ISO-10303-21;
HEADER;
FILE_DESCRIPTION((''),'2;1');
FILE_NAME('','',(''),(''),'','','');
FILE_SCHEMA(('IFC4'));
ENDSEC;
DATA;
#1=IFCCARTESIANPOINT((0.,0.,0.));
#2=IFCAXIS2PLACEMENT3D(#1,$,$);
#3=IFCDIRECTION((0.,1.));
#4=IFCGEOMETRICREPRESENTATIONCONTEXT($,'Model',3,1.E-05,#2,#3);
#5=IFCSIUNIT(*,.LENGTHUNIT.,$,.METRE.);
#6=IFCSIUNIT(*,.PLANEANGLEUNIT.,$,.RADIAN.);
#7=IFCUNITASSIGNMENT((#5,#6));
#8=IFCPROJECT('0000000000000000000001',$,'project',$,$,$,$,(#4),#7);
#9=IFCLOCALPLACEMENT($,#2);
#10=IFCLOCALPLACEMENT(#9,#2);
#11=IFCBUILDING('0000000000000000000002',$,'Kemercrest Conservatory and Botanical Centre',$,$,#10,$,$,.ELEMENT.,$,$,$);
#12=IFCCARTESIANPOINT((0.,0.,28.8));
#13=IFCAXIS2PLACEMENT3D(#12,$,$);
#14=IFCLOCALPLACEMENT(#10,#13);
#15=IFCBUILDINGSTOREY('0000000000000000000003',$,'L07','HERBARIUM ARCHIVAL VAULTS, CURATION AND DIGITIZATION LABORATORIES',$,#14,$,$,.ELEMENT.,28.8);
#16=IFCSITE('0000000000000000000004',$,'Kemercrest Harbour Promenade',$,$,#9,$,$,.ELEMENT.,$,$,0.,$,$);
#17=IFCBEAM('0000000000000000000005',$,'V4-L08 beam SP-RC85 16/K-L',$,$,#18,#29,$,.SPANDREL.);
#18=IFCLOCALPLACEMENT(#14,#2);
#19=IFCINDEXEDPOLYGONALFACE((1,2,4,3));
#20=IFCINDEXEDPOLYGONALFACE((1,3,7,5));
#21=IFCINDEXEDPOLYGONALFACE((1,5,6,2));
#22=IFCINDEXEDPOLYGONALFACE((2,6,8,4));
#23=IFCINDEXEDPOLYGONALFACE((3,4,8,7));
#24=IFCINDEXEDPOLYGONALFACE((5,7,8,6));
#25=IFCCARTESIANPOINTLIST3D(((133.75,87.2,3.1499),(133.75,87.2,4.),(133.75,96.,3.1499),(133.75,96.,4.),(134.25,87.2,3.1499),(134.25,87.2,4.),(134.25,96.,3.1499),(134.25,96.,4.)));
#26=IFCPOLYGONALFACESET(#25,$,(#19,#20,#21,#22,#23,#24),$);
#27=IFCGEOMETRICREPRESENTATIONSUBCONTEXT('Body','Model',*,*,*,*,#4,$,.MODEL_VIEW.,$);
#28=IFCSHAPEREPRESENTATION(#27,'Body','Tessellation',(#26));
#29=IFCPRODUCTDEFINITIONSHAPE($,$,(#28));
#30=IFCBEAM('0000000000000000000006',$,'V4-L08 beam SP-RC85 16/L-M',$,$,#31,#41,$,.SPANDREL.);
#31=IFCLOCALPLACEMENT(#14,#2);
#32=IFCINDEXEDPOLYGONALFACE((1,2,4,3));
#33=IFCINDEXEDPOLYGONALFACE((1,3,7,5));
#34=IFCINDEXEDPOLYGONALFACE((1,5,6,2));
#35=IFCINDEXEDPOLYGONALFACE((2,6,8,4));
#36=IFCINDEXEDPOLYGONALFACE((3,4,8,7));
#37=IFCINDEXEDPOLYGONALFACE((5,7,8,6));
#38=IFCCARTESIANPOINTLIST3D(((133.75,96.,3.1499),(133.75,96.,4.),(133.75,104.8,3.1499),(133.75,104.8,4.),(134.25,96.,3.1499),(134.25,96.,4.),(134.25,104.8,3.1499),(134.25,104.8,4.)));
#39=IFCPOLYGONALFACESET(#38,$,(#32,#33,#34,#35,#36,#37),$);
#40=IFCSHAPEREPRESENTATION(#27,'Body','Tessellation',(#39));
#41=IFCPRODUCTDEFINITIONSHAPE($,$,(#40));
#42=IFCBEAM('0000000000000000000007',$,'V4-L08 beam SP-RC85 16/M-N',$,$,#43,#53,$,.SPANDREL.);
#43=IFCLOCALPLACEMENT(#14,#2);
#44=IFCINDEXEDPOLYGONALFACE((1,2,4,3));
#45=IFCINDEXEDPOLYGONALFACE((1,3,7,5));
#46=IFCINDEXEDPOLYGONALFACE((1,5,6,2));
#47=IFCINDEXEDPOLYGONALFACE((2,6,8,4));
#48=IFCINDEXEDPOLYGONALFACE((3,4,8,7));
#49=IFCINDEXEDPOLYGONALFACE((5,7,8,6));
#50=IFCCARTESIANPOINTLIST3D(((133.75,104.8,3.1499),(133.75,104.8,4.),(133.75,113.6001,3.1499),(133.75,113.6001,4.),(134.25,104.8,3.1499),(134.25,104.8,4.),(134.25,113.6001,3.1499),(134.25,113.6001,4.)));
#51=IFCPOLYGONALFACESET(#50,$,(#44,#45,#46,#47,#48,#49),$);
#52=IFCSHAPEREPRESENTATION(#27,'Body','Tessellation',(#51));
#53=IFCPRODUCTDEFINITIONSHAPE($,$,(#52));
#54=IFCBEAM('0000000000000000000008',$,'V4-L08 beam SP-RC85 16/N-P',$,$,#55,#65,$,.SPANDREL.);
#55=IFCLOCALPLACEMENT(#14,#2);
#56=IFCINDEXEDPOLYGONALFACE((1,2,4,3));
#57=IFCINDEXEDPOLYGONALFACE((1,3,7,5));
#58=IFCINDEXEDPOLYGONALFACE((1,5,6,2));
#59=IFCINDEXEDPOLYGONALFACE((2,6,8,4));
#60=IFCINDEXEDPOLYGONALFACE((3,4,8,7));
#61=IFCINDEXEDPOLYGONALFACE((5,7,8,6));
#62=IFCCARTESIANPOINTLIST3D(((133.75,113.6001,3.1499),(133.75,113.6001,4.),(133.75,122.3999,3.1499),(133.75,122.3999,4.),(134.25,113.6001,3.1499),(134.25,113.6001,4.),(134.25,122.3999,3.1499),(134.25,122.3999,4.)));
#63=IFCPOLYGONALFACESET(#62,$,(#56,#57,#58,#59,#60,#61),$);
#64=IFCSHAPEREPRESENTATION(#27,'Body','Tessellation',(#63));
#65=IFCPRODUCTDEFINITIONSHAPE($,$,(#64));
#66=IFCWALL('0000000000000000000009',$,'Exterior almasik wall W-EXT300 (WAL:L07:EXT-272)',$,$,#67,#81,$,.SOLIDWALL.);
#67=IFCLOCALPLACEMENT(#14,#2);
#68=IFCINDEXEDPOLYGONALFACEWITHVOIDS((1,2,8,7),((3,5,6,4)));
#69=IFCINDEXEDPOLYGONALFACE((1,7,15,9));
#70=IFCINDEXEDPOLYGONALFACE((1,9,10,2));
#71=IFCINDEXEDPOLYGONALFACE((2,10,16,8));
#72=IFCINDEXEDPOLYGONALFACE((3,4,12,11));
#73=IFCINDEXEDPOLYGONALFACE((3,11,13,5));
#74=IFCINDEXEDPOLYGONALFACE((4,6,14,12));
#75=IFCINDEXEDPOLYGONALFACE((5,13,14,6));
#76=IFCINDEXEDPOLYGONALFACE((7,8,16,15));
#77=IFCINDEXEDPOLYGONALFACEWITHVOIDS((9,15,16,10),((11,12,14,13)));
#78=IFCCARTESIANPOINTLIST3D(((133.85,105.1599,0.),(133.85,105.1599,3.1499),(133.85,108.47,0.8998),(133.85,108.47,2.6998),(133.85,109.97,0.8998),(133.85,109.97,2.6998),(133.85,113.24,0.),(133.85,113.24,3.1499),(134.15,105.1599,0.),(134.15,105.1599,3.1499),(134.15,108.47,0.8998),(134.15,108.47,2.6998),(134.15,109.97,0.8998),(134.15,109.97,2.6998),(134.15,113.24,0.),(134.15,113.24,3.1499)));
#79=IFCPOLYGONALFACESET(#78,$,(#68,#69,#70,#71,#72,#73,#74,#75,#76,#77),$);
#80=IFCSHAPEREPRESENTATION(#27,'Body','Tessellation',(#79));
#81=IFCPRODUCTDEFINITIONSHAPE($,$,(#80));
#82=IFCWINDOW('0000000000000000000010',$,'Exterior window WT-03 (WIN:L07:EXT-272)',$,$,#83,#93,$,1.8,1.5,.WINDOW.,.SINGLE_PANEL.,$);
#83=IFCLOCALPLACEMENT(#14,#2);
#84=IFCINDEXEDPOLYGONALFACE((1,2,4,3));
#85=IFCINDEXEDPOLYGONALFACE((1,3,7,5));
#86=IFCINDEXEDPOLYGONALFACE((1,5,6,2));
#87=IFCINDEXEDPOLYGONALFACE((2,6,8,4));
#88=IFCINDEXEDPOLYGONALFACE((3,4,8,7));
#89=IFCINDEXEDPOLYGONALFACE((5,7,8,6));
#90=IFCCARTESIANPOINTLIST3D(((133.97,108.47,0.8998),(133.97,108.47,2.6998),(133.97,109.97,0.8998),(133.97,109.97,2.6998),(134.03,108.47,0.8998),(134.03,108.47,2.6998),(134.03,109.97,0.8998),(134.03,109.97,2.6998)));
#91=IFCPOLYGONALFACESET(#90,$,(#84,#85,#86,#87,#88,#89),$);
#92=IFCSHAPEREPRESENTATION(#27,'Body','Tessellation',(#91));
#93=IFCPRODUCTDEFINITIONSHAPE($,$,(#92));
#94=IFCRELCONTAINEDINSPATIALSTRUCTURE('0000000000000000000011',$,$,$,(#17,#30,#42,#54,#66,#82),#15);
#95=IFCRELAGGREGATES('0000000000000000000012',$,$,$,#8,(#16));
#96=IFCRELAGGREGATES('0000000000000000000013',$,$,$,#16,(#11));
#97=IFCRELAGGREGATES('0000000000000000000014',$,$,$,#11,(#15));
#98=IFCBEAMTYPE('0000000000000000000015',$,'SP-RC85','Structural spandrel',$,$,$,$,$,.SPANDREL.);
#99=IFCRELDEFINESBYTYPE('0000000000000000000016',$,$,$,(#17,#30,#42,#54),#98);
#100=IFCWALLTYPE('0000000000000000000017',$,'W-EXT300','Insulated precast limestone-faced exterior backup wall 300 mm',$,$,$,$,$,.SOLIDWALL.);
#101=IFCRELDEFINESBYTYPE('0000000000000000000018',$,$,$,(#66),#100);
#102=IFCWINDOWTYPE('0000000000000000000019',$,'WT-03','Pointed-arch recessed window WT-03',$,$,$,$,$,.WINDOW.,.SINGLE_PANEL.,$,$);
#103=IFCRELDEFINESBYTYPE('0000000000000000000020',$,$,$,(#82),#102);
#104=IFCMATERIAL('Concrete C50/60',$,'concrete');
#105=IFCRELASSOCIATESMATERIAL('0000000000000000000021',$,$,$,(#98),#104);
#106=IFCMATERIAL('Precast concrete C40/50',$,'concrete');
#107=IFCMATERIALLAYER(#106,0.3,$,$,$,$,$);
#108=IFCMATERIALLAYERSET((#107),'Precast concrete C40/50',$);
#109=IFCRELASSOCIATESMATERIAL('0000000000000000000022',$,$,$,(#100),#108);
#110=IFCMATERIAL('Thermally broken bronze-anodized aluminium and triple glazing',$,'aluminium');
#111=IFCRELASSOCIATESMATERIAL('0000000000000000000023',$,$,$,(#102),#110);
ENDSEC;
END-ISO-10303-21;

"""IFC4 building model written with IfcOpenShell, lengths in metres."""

from ifc_helpers import new_model, si_unit, direction, frame, frame_2d, origin, origin_2d, place, context, subcontext, project, spatial, rectangle, extrude, material, layer, layer_set, material_profile, profile_set, type_object, element, fill, save


model = new_model("IFC4")

# Units and contexts
model_context = context("Model", 3, precision=1e-05, world=origin(), true_north=direction((0.0, 1.0)))
body_context = subcontext(model_context, "Body", "Model", "MODEL_VIEW")
ifc_project = project(units=[si_unit("LENGTHUNIT", "METRE"), si_unit("PLANEANGLEUNIT", "RADIAN")], contexts=[model_context])

# Site, building, storey
site_placement = place(None, origin())
site = spatial("IfcSite", under=ifc_project, at=site_placement, Name="Kemercrest Harbour Promenade", CompositionType="ELEMENT", RefElevation=0.0)
building_placement = place(site_placement, origin())
building = spatial("IfcBuilding", under=site, at=building_placement, Name="Kemercrest Conservatory and Botanical Centre", CompositionType="ELEMENT")
storey_placement = place(building_placement, frame((0.0, 0.0, 28.8)))
storey = spatial("IfcBuildingStorey", under=building, at=storey_placement, Name="L07", Description="HERBARIUM ARCHIVAL VAULTS, CURATION AND DIGITIZATION LABORATORIES", CompositionType="ELEMENT", Elevation=28.8)

# Shared definitions
ifc_material_1 = material(Name="Concrete C50/60", Category="concrete")

# Beams
ifc_material_profile_1 = material_profile(ifc_material_1, rectangle(XDim=0.5, YDim=0.8501, at=origin_2d()), Name="RC 500x850")
ifc_profile_set_1 = profile_set([ifc_material_profile_1], Name="Concrete C50/60")
beam_type_1 = type_object("IfcBeamType", Name="SP-RC85", Description="Structural spandrel", PredefinedType="SPANDREL", material=ifc_profile_set_1)
for number, where, z_axis, x_axis, name in (
    (1, (134.0, 87.2, 3.575), (0.0, 1.0, 0.0), (-1.0, 0.0, 0.0), "V4-L08 beam SP-RC85 16/K-L"),
    (2, (134.0, 96.0, 3.575), (0.0, 1.0, 0.0), (-1.0, 0.0, 0.0), "V4-L08 beam SP-RC85 16/L-M"),
    (3, (134.0, 104.8, 3.575), (0.0, 1.0, 0.0), (-1.0, 0.0, 0.0), "V4-L08 beam SP-RC85 16/M-N"),
):
    element("IfcBeam", number, at=place(storey_placement, frame(where, z_axis=z_axis, x_axis=x_axis)), inside=storey, type_object=beam_type_1, Name=name, PredefinedType="SPANDREL", context=body_context, shape_type="SweptSolid", body=[
        extrude(rectangle(XDim=0.5, YDim=0.8501, at=origin_2d()), origin(), (0.0, 0.0, 1.0), 8.8),
    ])
beam_1_placement = place(storey_placement, frame((134.0, 113.6001, 3.575), z_axis=(0.0, 1.0, 0.0), x_axis=(-1.0, 0.0, 0.0)))
element("IfcBeam", 4, at=beam_1_placement, inside=storey, type_object=beam_type_1, Name="V4-L08 beam SP-RC85 16/N-P", PredefinedType="SPANDREL", context=body_context, shape_type="SweptSolid", body=[
    extrude(rectangle(XDim=0.5, YDim=0.8501, at=origin_2d()), origin(), (0.0, 0.0, 1.0), 8.7998),
])

# Wall, opening, window
ifc_material_2 = material(Name="Precast concrete C40/50", Category="concrete")
ifc_layer = layer(ifc_material_2, 0.3)
ifc_layer_set = layer_set([ifc_layer], Name="Precast concrete C40/50")
wall_type = type_object("IfcWallType", Name="W-EXT300", Description="Insulated precast limestone-faced exterior backup wall 300 mm", PredefinedType="SOLIDWALL", material=ifc_layer_set)
wall_placement = place(storey_placement, frame((134.0, 113.24, 0.0), z_axis=(0.0, 0.0, 1.0), x_axis=(0.0, -1.0, 0.0)))
wall = element("IfcWall", 5, at=wall_placement, inside=storey, type_object=wall_type, Name="Exterior almasik wall W-EXT300 (WAL:L07:EXT-272)", PredefinedType="SOLIDWALL", context=body_context, shape_type="SweptSolid", body=[
    extrude(rectangle(XDim=8.0801, YDim=0.3, at=frame_2d((4.04, 0.0))), origin(), (0.0, 0.0, 1.0), 3.1499),
])
opening_placement = place(wall_placement, frame((3.27, 0.0, 0.8999)))
opening = element("IfcOpeningElement", 6, at=opening_placement, cuts=wall, PredefinedType="OPENING", context=body_context, shape_type="SweptSolid", body=[
    extrude(rectangle(XDim=1.5, YDim=1.8, at=frame_2d((0.75, 0.8999))), frame((0.0, 0.1602, 0.0), z_axis=(0.0, -1.0, 0.0), x_axis=(1.0, 0.0, 0.0)), (0.0, 0.0, 1.0), 0.3201),
])
ifc_material_3 = material(Name="Thermally broken bronze-anodized aluminium and triple glazing", Category="aluminium")
window_type = type_object("IfcWindowType", Name="WT-03", Description="Pointed-arch recessed window WT-03", PartitioningType="SINGLE_PANEL", PredefinedType="WINDOW", material=ifc_material_3)
window_placement = place(opening_placement, origin())
window = element("IfcWindow", 7, at=window_placement, inside=storey, type_object=window_type, Name="Exterior window WT-03 (WIN:L07:EXT-272)", OverallHeight=1.8, OverallWidth=1.5, PartitioningType="SINGLE_PANEL", PredefinedType="WINDOW", context=body_context, shape_type="SweptSolid", body=[
    extrude(rectangle(XDim=1.5, YDim=1.8, at=frame_2d((0.75, 0.8999))), frame((0.0, 0.03, 0.0), z_axis=(0.0, -1.0, 0.0), x_axis=(1.0, 0.0, 0.0)), (0.0, 0.0, 1.0), 0.0601),
])
fill(opening, window)

save(model, "model.ifc")
